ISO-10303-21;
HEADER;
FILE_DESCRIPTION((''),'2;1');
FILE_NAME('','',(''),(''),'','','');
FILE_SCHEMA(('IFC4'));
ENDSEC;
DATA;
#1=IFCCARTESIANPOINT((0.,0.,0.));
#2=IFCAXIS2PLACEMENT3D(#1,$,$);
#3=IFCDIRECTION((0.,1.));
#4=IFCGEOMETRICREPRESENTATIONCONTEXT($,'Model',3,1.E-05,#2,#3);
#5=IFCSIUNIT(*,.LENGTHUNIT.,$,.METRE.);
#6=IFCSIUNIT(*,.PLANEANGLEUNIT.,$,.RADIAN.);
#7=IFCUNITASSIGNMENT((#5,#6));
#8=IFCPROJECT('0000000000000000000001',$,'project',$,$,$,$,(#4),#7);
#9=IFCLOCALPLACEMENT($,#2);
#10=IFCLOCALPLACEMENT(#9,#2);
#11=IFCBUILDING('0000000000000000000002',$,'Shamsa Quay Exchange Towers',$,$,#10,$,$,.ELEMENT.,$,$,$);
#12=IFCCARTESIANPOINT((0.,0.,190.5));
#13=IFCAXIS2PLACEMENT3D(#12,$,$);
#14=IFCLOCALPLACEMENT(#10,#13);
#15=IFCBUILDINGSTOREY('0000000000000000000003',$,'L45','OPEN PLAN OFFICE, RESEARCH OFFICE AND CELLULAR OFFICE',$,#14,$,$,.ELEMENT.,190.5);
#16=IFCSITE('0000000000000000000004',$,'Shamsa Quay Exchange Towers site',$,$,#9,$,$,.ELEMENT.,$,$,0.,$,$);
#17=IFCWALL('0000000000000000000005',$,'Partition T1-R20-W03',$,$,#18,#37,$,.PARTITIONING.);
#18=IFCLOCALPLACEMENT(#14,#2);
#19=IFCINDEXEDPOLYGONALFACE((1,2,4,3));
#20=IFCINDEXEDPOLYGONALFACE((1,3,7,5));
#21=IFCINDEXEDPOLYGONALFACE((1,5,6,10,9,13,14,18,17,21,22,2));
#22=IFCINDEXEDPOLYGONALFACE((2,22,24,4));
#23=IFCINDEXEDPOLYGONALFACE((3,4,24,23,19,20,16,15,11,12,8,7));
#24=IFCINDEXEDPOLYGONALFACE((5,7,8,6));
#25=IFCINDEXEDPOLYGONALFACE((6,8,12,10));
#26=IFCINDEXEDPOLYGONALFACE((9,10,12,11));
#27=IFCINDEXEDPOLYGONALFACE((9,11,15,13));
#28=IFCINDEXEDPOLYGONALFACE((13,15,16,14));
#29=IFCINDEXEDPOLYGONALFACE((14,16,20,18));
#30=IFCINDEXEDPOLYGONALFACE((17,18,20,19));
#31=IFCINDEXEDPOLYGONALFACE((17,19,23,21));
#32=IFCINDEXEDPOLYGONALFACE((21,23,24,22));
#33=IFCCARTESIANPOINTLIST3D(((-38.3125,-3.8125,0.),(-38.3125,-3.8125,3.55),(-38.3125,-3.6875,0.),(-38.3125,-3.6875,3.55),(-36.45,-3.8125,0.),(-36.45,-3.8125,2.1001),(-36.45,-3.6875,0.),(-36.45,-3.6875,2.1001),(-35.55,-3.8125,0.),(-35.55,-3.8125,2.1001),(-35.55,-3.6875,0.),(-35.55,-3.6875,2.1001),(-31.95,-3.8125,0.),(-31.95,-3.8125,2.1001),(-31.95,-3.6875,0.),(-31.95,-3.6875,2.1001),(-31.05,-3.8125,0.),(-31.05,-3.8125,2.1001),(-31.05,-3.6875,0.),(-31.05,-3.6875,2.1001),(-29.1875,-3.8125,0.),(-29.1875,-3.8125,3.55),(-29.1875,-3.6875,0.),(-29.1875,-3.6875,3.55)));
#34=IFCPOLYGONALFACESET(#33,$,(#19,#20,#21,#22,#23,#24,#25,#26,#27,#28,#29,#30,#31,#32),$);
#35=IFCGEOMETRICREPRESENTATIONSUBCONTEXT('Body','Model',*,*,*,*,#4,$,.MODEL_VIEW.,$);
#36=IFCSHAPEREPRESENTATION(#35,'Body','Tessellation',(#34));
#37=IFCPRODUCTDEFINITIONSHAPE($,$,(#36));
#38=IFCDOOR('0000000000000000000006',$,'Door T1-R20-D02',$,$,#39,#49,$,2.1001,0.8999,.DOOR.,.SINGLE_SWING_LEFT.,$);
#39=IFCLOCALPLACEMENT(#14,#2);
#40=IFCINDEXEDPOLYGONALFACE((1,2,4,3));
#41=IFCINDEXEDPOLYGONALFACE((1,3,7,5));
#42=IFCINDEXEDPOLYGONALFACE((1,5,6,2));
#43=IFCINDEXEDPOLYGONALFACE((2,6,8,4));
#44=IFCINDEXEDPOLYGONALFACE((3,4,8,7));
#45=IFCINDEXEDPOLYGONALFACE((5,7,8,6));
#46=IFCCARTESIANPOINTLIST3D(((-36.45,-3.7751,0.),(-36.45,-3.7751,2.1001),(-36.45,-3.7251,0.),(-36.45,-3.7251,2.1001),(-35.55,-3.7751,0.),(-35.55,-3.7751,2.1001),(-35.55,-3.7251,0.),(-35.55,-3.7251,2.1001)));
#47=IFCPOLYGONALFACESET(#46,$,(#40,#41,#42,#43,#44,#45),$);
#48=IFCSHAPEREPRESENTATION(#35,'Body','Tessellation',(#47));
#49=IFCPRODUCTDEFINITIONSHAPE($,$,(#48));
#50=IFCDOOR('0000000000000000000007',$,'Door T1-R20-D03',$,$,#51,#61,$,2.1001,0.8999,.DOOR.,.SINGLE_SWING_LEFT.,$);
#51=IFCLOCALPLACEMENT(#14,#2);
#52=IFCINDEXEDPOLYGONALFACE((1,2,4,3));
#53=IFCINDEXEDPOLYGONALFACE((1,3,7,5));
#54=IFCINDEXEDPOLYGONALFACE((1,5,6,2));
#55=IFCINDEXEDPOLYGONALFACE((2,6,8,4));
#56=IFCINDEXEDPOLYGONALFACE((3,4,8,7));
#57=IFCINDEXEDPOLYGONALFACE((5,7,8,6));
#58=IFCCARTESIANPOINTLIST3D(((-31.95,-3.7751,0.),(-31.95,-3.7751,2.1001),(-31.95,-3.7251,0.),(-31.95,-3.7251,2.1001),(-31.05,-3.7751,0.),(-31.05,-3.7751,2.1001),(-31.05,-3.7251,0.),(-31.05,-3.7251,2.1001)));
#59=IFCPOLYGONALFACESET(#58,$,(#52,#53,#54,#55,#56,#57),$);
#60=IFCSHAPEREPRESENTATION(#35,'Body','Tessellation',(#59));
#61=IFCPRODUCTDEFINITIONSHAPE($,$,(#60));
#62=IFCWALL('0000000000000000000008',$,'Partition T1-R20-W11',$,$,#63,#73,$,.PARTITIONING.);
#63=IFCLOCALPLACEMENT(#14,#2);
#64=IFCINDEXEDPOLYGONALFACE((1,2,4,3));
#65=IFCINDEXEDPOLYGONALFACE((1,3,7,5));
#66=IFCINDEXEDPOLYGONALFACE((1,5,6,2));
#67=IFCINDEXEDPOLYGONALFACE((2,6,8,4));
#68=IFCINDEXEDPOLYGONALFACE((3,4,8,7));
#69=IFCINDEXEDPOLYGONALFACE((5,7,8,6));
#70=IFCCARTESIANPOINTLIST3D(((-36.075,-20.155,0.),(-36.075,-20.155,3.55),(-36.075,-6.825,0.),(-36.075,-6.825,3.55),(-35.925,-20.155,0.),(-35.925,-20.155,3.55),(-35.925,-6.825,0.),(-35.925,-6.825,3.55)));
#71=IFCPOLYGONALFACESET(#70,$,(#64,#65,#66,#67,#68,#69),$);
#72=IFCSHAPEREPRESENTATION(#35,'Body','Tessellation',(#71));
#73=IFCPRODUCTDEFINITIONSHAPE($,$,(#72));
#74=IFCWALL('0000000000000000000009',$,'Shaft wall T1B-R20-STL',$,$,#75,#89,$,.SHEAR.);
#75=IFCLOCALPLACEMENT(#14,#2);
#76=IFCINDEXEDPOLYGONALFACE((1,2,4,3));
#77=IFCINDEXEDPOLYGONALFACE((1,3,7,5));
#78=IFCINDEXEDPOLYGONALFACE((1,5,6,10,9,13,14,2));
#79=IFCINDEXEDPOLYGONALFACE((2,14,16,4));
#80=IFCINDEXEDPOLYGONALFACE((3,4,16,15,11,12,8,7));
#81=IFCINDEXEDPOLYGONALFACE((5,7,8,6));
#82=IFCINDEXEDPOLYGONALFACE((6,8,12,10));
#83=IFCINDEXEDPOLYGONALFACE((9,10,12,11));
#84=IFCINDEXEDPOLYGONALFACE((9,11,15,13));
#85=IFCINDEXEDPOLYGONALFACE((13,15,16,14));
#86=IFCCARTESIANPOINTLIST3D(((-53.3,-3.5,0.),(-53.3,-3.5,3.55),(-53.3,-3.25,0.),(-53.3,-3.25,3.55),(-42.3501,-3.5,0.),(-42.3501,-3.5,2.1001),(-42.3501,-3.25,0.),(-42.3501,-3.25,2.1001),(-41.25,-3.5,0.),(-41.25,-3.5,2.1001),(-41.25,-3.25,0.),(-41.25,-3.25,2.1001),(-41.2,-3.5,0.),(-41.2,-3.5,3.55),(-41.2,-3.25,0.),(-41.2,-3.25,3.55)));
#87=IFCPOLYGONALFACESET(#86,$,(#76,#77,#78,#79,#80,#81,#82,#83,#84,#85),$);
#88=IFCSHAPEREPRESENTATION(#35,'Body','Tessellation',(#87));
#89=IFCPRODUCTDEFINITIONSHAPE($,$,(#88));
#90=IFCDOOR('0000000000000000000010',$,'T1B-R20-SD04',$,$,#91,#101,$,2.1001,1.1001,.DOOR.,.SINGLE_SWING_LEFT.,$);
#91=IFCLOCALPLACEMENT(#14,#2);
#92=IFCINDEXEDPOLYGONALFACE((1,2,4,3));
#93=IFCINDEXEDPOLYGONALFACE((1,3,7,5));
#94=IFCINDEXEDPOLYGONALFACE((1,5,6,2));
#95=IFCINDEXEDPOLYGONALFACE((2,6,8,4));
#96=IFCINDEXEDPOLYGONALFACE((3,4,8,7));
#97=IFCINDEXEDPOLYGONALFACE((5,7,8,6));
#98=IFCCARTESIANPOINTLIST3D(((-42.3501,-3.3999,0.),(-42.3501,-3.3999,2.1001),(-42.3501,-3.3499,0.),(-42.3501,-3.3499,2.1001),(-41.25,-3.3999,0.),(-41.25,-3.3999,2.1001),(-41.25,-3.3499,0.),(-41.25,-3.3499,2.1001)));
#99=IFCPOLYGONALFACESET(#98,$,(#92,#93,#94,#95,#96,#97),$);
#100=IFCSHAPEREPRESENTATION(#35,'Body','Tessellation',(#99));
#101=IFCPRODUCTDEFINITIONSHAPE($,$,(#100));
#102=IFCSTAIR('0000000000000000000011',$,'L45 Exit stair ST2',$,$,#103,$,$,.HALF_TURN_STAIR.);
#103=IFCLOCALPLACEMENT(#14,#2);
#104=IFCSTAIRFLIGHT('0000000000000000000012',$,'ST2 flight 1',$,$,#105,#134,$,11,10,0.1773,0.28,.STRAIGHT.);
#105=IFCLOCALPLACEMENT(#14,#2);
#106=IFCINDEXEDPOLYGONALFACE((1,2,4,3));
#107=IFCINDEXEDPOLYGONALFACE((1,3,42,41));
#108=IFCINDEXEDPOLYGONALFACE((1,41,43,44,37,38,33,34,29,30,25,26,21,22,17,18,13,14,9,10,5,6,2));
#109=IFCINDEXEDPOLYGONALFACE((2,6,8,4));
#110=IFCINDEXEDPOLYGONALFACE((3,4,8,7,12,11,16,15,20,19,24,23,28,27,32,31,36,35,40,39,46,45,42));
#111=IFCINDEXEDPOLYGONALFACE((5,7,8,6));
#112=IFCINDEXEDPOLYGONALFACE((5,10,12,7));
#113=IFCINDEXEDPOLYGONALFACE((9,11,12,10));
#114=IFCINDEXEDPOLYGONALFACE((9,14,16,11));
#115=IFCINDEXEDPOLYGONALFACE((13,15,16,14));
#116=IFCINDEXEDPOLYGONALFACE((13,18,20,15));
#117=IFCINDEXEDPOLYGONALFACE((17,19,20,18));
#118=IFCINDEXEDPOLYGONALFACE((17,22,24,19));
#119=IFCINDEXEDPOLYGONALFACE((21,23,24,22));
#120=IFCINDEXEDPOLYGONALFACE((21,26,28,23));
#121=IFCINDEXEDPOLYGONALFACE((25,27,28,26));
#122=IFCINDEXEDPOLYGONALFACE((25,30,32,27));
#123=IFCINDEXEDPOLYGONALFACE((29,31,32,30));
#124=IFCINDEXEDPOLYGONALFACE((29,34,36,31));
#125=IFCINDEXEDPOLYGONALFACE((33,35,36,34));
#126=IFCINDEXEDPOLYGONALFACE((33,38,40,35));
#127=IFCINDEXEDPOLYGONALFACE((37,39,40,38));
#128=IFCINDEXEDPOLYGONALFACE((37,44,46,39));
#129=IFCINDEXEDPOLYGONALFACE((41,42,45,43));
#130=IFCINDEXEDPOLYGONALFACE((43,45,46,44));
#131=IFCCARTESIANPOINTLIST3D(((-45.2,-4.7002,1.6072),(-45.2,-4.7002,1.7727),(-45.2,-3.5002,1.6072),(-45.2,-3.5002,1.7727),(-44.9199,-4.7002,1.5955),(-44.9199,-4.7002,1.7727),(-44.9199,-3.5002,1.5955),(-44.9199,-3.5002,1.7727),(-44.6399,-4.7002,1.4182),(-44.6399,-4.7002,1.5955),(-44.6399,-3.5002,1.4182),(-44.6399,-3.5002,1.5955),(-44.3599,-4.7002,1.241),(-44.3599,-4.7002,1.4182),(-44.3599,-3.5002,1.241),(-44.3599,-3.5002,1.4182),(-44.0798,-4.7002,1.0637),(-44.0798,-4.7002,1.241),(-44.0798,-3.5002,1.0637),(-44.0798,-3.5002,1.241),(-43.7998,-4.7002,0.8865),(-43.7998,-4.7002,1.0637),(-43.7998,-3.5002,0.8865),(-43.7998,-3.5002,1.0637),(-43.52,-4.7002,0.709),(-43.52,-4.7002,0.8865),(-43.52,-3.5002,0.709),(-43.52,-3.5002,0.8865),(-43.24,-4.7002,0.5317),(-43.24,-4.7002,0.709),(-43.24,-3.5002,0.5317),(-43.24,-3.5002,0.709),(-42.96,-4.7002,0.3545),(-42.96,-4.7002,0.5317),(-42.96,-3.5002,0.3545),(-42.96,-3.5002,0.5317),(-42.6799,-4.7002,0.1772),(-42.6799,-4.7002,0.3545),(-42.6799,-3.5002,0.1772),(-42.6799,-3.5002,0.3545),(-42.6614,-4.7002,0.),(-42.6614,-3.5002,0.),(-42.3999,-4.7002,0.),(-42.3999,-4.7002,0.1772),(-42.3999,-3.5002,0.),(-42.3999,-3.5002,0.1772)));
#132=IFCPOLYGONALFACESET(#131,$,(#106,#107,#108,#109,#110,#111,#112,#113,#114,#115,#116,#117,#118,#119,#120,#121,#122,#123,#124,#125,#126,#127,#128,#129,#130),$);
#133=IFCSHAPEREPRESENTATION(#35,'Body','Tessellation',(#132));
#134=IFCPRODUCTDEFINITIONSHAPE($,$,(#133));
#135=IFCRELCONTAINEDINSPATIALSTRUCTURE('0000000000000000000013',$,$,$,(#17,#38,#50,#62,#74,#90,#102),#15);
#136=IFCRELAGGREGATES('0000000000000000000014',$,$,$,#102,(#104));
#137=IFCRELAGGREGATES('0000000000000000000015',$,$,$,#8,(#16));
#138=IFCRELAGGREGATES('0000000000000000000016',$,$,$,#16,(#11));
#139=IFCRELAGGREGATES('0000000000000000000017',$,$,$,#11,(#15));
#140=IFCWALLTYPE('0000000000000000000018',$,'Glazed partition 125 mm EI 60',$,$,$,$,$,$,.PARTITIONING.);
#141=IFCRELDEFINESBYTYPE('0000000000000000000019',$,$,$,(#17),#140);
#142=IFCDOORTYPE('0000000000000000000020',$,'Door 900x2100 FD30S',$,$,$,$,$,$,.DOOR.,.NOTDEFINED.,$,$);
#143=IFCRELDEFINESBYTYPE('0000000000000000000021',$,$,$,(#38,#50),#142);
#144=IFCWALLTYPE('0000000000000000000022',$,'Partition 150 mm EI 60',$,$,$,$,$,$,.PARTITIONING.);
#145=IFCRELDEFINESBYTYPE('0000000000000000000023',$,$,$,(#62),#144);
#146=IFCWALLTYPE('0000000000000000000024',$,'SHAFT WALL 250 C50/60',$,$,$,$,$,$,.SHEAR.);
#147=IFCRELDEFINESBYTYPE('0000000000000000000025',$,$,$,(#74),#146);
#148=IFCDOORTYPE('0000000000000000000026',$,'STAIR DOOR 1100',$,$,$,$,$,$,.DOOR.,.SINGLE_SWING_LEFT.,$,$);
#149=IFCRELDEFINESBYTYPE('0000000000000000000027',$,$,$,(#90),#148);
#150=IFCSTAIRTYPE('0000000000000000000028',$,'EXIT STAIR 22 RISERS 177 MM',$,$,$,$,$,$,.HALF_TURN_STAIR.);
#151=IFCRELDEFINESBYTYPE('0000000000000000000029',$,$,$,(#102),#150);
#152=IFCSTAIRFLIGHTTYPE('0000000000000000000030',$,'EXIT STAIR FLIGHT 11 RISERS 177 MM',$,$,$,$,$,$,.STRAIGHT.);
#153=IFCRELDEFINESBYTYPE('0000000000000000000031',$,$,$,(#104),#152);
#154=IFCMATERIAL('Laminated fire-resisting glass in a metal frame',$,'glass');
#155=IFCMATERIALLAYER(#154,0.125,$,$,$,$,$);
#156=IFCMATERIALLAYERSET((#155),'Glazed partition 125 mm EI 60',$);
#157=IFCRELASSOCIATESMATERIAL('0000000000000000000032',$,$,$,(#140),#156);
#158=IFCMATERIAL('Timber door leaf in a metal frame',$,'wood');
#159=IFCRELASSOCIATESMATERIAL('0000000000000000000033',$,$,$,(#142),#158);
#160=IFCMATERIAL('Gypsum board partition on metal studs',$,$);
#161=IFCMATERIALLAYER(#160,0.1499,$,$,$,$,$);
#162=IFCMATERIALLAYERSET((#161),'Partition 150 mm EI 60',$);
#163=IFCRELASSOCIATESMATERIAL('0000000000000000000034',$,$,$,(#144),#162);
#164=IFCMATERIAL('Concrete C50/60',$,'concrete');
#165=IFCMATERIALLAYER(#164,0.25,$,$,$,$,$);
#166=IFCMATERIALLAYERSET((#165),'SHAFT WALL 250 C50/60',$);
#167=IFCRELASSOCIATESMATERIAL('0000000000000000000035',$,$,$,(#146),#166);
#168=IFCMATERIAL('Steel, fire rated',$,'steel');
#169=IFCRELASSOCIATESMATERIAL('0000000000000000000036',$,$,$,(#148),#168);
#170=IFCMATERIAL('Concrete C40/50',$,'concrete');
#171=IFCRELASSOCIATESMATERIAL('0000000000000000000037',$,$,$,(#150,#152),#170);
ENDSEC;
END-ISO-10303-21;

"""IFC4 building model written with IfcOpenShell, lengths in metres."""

from ifc_helpers import new_model, si_unit, direction, frame, frame_2d, origin, place, context, subcontext, project, spatial, polyline, rectangle, outline, extrude, material, layer, layer_set, type_object, element, fill, aggregate, save


model = new_model("IFC4")

# Units and contexts
model_context = context("Model", 3, precision=1e-05, world=origin(), true_north=direction((0.0, 1.0)))
body_context = subcontext(model_context, "Body", "Model", "MODEL_VIEW")
ifc_project = project(units=[si_unit("LENGTHUNIT", "METRE"), si_unit("PLANEANGLEUNIT", "RADIAN")], contexts=[model_context])

# Site, building, storey
site_placement = place(None, origin())
site = spatial("IfcSite", under=ifc_project, at=site_placement, Name="Shamsa Quay Exchange Towers site", CompositionType="ELEMENT", RefElevation=0.0)
building_placement = place(site_placement, origin())
building = spatial("IfcBuilding", under=site, at=building_placement, Name="Shamsa Quay Exchange Towers", CompositionType="ELEMENT")
storey_placement = place(building_placement, frame((0.0, 0.0, 190.5)))
storey = spatial("IfcBuildingStorey", under=building, at=storey_placement, Name="L45", Description="OPEN PLAN OFFICE, RESEARCH OFFICE AND CELLULAR OFFICE", CompositionType="ELEMENT", Elevation=190.5)

# Shared definitions
ifc_material_1 = material(Name="Steel, fire rated", Category="steel")

# Shared definitions
ifc_material_2 = material(Name="Laminated fire-resisting glass in a metal frame", Category="glass")
ifc_layer_1 = layer(ifc_material_2, 0.125)
ifc_layer_set_1 = layer_set([ifc_layer_1], Name="Glazed partition 125 mm EI 60")
wall_type_1 = type_object("IfcWallType", Name="Glazed partition 125 mm EI 60", PredefinedType="PARTITIONING", material=ifc_layer_set_1)

# Wall, openings, doors
wall_1_placement = place(storey_placement, frame((-38.3125, -3.75, 0.0)))
wall_1 = element("IfcWall", 1, at=wall_1_placement, inside=storey, type_object=wall_type_1, Name="Partition T1-R20-W03", PredefinedType="PARTITIONING", context=body_context, shape_type="SweptSolid", body=[
    extrude(rectangle(XDim=9.125, YDim=0.125, at=frame_2d((4.5625, 0.0))), origin(), (0.0, 0.0, 1.0), 3.55),
])
opening_1_placement = place(wall_1_placement, frame((1.8625, 0.0, 0.0)))
opening_1 = element("IfcOpeningElement", 2, at=opening_1_placement, cuts=wall_1, PredefinedType="OPENING", context=body_context, shape_type="SweptSolid", body=[
    extrude(rectangle(XDim=0.8999, YDim=2.1001, at=frame_2d((0.45, 1.05))), frame((0.0, 0.0725, 0.0), z_axis=(0.0, -1.0, 0.0), x_axis=(1.0, 0.0, 0.0)), (0.0, 0.0, 1.0), 0.145),
])
opening_2_placement = place(wall_1_placement, frame((6.3625, 0.0, 0.0)))
opening_2 = element("IfcOpeningElement", 3, at=opening_2_placement, cuts=wall_1, PredefinedType="OPENING", context=body_context, shape_type="SweptSolid", body=[
    extrude(rectangle(XDim=0.8999, YDim=2.1001, at=frame_2d((0.45, 1.05))), frame((0.0, 0.0725, 0.0), z_axis=(0.0, -1.0, 0.0), x_axis=(1.0, 0.0, 0.0)), (0.0, 0.0, 1.0), 0.145),
])
ifc_material_3 = material(Name="Timber door leaf in a metal frame", Category="wood")
door_type_1 = type_object("IfcDoorType", Name="Door 900x2100 FD30S", OperationType="NOTDEFINED", PredefinedType="DOOR", material=ifc_material_3)
door_1_placement = place(opening_1_placement, origin())
door_1 = element("IfcDoor", 4, at=door_1_placement, inside=storey, type_object=door_type_1, Name="Door T1-R20-D02", OperationType="SINGLE_SWING_LEFT", OverallHeight=2.1001, OverallWidth=0.8999, PredefinedType="DOOR", context=body_context, shape_type="SweptSolid", body=[
    extrude(rectangle(XDim=0.8999, YDim=2.1001, at=frame_2d((0.45, 1.05))), frame((0.0, 0.0249, 0.0), z_axis=(0.0, -1.0, 0.0), x_axis=(1.0, 0.0, 0.0)), (0.0, 0.0, 1.0), 0.05),
])
fill(opening_1, door_1)
door_2_placement = place(opening_2_placement, origin())
door_2 = element("IfcDoor", 5, at=door_2_placement, inside=storey, type_object=door_type_1, Name="Door T1-R20-D03", OperationType="SINGLE_SWING_LEFT", OverallHeight=2.1001, OverallWidth=0.8999, PredefinedType="DOOR", context=body_context, shape_type="SweptSolid", body=[
    extrude(rectangle(XDim=0.8999, YDim=2.1001, at=frame_2d((0.45, 1.05))), frame((0.0, 0.0249, 0.0), z_axis=(0.0, -1.0, 0.0), x_axis=(1.0, 0.0, 0.0)), (0.0, 0.0, 1.0), 0.05),
])
fill(opening_2, door_2)

# Wall
ifc_material_4 = material(Name="Gypsum board partition on metal studs")
ifc_layer_2 = layer(ifc_material_4, 0.1499)
ifc_layer_set_2 = layer_set([ifc_layer_2], Name="Partition 150 mm EI 60")
wall_type_2 = type_object("IfcWallType", Name="Partition 150 mm EI 60", PredefinedType="PARTITIONING", material=ifc_layer_set_2)
wall_2_placement = place(storey_placement, frame((-36.0, -20.155, 0.0), z_axis=(0.0, 0.0, 1.0), x_axis=(0.0, 1.0, 0.0)))
element("IfcWall", 6, at=wall_2_placement, inside=storey, type_object=wall_type_2, Name="Partition T1-R20-W11", PredefinedType="PARTITIONING", context=body_context, shape_type="SweptSolid", body=[
    extrude(rectangle(XDim=13.3301, YDim=0.1499, at=frame_2d((6.665, 0.0))), origin(), (0.0, 0.0, 1.0), 3.55),
])

# Wall, opening, door
ifc_material_5 = material(Name="Concrete C50/60", Category="concrete")
ifc_layer_3 = layer(ifc_material_5, 0.25)
ifc_layer_set_3 = layer_set([ifc_layer_3], Name="SHAFT WALL 250 C50/60")
wall_type_3 = type_object("IfcWallType", Name="SHAFT WALL 250 C50/60", PredefinedType="SHEAR", material=ifc_layer_set_3)
wall_3_placement = place(storey_placement, frame((-41.2, -3.375, 0.0), z_axis=(0.0, 0.0, 1.0), x_axis=(-1.0, 0.0, 0.0)))
wall_3 = element("IfcWall", 7, at=wall_3_placement, inside=storey, type_object=wall_type_3, Name="Shaft wall T1B-R20-STL", PredefinedType="SHEAR", context=body_context, shape_type="SweptSolid", body=[
    extrude(rectangle(XDim=12.1001, YDim=0.25, at=frame_2d((6.05, 0.0))), origin(), (0.0, 0.0, 1.0), 3.55),
])
opening_3_placement = place(wall_3_placement, frame((0.05, 0.0, 0.0)))
opening_3 = element("IfcOpeningElement", 8, at=opening_3_placement, cuts=wall_3, PredefinedType="OPENING", context=body_context, shape_type="SweptSolid", body=[
    extrude(rectangle(XDim=1.1001, YDim=2.1001, at=frame_2d((0.55, 1.05))), frame((0.0, 0.135, 0.0), z_axis=(0.0, -1.0, 0.0), x_axis=(1.0, 0.0, 0.0)), (0.0, 0.0, 1.0), 0.27),
])
door_type_2 = type_object("IfcDoorType", Name="STAIR DOOR 1100", OperationType="SINGLE_SWING_LEFT", PredefinedType="DOOR", material=ifc_material_1)
door_3_placement = place(opening_3_placement, origin())
door_3 = element("IfcDoor", 9, at=door_3_placement, inside=storey, type_object=door_type_2, Name="T1B-R20-SD04", OperationType="SINGLE_SWING_LEFT", OverallHeight=2.1001, OverallWidth=1.1001, PredefinedType="DOOR", context=body_context, shape_type="SweptSolid", body=[
    extrude(rectangle(XDim=1.1001, YDim=2.1001, at=frame_2d((0.55, 1.05))), frame((0.0, 0.0249, 0.0), z_axis=(0.0, -1.0, 0.0), x_axis=(1.0, 0.0, 0.0)), (0.0, 0.0, 1.0), 0.05),
])
fill(opening_3, door_3)

# Stair, stair flight
ifc_material_6 = material(Name="Concrete C40/50", Category="concrete")
stair_type = type_object("IfcStairType", Name="EXIT STAIR 22 RISERS 177 MM", PredefinedType="HALF_TURN_STAIR", material=ifc_material_6)
stair_placement = place(storey_placement, origin())
stair = element("IfcStair", 10, at=stair_placement, inside=storey, type_object=stair_type, Name="L45 Exit stair ST2", PredefinedType="HALF_TURN_STAIR")
stair_flight_type = type_object("IfcStairFlightType", Name="EXIT STAIR FLIGHT 11 RISERS 177 MM", PredefinedType="STRAIGHT", material=ifc_material_6)
stair_flight_placement = place(storey_placement, frame((-42.3999, -4.1001, 0.0), z_axis=(0.0, 0.0, 1.0), x_axis=(-1.0, 0.0, 0.0)))
stair_flight = element("IfcStairFlight", 11, at=stair_flight_placement, type_object=stair_flight_type, Name="ST2 flight 1", NumberOfRisers=11, NumberOfTreads=10, PredefinedType="STRAIGHT", RiserHeight=0.1773, TreadLength=0.28, context=body_context, shape_type="SweptSolid", body=[
    extrude(outline(polyline([(0.0, 0.0), (0.0, 0.1772), (0.28, 0.1772), (0.28, 0.3545), (0.5601, 0.3545), (0.5601, 0.5317), (0.8401, 0.5317), (0.8401, 0.709), (1.1201, 0.709), (1.1201, 0.8865), (1.3999, 0.8865), (1.3999, 1.0637), (1.6799, 1.0637), (1.6799, 1.241), (1.96, 1.241), (1.96, 1.4182), (2.24, 1.4182), (2.24, 1.5955), (2.52, 1.5955), (2.52, 1.7727), (2.8, 1.7727), (2.8, 1.95), (2.8, 1.6072), (0.2615, 0.0), (0.0, 0.0)])), frame((0.0, 0.6001, 0.0), z_axis=(0.0, -1.0, 0.0), x_axis=(1.0, 0.0, 0.0)), (0.0, 0.0, 1.0), 1.2),
])
aggregate(stair, [stair_flight])

save(model, "model.ifc")
